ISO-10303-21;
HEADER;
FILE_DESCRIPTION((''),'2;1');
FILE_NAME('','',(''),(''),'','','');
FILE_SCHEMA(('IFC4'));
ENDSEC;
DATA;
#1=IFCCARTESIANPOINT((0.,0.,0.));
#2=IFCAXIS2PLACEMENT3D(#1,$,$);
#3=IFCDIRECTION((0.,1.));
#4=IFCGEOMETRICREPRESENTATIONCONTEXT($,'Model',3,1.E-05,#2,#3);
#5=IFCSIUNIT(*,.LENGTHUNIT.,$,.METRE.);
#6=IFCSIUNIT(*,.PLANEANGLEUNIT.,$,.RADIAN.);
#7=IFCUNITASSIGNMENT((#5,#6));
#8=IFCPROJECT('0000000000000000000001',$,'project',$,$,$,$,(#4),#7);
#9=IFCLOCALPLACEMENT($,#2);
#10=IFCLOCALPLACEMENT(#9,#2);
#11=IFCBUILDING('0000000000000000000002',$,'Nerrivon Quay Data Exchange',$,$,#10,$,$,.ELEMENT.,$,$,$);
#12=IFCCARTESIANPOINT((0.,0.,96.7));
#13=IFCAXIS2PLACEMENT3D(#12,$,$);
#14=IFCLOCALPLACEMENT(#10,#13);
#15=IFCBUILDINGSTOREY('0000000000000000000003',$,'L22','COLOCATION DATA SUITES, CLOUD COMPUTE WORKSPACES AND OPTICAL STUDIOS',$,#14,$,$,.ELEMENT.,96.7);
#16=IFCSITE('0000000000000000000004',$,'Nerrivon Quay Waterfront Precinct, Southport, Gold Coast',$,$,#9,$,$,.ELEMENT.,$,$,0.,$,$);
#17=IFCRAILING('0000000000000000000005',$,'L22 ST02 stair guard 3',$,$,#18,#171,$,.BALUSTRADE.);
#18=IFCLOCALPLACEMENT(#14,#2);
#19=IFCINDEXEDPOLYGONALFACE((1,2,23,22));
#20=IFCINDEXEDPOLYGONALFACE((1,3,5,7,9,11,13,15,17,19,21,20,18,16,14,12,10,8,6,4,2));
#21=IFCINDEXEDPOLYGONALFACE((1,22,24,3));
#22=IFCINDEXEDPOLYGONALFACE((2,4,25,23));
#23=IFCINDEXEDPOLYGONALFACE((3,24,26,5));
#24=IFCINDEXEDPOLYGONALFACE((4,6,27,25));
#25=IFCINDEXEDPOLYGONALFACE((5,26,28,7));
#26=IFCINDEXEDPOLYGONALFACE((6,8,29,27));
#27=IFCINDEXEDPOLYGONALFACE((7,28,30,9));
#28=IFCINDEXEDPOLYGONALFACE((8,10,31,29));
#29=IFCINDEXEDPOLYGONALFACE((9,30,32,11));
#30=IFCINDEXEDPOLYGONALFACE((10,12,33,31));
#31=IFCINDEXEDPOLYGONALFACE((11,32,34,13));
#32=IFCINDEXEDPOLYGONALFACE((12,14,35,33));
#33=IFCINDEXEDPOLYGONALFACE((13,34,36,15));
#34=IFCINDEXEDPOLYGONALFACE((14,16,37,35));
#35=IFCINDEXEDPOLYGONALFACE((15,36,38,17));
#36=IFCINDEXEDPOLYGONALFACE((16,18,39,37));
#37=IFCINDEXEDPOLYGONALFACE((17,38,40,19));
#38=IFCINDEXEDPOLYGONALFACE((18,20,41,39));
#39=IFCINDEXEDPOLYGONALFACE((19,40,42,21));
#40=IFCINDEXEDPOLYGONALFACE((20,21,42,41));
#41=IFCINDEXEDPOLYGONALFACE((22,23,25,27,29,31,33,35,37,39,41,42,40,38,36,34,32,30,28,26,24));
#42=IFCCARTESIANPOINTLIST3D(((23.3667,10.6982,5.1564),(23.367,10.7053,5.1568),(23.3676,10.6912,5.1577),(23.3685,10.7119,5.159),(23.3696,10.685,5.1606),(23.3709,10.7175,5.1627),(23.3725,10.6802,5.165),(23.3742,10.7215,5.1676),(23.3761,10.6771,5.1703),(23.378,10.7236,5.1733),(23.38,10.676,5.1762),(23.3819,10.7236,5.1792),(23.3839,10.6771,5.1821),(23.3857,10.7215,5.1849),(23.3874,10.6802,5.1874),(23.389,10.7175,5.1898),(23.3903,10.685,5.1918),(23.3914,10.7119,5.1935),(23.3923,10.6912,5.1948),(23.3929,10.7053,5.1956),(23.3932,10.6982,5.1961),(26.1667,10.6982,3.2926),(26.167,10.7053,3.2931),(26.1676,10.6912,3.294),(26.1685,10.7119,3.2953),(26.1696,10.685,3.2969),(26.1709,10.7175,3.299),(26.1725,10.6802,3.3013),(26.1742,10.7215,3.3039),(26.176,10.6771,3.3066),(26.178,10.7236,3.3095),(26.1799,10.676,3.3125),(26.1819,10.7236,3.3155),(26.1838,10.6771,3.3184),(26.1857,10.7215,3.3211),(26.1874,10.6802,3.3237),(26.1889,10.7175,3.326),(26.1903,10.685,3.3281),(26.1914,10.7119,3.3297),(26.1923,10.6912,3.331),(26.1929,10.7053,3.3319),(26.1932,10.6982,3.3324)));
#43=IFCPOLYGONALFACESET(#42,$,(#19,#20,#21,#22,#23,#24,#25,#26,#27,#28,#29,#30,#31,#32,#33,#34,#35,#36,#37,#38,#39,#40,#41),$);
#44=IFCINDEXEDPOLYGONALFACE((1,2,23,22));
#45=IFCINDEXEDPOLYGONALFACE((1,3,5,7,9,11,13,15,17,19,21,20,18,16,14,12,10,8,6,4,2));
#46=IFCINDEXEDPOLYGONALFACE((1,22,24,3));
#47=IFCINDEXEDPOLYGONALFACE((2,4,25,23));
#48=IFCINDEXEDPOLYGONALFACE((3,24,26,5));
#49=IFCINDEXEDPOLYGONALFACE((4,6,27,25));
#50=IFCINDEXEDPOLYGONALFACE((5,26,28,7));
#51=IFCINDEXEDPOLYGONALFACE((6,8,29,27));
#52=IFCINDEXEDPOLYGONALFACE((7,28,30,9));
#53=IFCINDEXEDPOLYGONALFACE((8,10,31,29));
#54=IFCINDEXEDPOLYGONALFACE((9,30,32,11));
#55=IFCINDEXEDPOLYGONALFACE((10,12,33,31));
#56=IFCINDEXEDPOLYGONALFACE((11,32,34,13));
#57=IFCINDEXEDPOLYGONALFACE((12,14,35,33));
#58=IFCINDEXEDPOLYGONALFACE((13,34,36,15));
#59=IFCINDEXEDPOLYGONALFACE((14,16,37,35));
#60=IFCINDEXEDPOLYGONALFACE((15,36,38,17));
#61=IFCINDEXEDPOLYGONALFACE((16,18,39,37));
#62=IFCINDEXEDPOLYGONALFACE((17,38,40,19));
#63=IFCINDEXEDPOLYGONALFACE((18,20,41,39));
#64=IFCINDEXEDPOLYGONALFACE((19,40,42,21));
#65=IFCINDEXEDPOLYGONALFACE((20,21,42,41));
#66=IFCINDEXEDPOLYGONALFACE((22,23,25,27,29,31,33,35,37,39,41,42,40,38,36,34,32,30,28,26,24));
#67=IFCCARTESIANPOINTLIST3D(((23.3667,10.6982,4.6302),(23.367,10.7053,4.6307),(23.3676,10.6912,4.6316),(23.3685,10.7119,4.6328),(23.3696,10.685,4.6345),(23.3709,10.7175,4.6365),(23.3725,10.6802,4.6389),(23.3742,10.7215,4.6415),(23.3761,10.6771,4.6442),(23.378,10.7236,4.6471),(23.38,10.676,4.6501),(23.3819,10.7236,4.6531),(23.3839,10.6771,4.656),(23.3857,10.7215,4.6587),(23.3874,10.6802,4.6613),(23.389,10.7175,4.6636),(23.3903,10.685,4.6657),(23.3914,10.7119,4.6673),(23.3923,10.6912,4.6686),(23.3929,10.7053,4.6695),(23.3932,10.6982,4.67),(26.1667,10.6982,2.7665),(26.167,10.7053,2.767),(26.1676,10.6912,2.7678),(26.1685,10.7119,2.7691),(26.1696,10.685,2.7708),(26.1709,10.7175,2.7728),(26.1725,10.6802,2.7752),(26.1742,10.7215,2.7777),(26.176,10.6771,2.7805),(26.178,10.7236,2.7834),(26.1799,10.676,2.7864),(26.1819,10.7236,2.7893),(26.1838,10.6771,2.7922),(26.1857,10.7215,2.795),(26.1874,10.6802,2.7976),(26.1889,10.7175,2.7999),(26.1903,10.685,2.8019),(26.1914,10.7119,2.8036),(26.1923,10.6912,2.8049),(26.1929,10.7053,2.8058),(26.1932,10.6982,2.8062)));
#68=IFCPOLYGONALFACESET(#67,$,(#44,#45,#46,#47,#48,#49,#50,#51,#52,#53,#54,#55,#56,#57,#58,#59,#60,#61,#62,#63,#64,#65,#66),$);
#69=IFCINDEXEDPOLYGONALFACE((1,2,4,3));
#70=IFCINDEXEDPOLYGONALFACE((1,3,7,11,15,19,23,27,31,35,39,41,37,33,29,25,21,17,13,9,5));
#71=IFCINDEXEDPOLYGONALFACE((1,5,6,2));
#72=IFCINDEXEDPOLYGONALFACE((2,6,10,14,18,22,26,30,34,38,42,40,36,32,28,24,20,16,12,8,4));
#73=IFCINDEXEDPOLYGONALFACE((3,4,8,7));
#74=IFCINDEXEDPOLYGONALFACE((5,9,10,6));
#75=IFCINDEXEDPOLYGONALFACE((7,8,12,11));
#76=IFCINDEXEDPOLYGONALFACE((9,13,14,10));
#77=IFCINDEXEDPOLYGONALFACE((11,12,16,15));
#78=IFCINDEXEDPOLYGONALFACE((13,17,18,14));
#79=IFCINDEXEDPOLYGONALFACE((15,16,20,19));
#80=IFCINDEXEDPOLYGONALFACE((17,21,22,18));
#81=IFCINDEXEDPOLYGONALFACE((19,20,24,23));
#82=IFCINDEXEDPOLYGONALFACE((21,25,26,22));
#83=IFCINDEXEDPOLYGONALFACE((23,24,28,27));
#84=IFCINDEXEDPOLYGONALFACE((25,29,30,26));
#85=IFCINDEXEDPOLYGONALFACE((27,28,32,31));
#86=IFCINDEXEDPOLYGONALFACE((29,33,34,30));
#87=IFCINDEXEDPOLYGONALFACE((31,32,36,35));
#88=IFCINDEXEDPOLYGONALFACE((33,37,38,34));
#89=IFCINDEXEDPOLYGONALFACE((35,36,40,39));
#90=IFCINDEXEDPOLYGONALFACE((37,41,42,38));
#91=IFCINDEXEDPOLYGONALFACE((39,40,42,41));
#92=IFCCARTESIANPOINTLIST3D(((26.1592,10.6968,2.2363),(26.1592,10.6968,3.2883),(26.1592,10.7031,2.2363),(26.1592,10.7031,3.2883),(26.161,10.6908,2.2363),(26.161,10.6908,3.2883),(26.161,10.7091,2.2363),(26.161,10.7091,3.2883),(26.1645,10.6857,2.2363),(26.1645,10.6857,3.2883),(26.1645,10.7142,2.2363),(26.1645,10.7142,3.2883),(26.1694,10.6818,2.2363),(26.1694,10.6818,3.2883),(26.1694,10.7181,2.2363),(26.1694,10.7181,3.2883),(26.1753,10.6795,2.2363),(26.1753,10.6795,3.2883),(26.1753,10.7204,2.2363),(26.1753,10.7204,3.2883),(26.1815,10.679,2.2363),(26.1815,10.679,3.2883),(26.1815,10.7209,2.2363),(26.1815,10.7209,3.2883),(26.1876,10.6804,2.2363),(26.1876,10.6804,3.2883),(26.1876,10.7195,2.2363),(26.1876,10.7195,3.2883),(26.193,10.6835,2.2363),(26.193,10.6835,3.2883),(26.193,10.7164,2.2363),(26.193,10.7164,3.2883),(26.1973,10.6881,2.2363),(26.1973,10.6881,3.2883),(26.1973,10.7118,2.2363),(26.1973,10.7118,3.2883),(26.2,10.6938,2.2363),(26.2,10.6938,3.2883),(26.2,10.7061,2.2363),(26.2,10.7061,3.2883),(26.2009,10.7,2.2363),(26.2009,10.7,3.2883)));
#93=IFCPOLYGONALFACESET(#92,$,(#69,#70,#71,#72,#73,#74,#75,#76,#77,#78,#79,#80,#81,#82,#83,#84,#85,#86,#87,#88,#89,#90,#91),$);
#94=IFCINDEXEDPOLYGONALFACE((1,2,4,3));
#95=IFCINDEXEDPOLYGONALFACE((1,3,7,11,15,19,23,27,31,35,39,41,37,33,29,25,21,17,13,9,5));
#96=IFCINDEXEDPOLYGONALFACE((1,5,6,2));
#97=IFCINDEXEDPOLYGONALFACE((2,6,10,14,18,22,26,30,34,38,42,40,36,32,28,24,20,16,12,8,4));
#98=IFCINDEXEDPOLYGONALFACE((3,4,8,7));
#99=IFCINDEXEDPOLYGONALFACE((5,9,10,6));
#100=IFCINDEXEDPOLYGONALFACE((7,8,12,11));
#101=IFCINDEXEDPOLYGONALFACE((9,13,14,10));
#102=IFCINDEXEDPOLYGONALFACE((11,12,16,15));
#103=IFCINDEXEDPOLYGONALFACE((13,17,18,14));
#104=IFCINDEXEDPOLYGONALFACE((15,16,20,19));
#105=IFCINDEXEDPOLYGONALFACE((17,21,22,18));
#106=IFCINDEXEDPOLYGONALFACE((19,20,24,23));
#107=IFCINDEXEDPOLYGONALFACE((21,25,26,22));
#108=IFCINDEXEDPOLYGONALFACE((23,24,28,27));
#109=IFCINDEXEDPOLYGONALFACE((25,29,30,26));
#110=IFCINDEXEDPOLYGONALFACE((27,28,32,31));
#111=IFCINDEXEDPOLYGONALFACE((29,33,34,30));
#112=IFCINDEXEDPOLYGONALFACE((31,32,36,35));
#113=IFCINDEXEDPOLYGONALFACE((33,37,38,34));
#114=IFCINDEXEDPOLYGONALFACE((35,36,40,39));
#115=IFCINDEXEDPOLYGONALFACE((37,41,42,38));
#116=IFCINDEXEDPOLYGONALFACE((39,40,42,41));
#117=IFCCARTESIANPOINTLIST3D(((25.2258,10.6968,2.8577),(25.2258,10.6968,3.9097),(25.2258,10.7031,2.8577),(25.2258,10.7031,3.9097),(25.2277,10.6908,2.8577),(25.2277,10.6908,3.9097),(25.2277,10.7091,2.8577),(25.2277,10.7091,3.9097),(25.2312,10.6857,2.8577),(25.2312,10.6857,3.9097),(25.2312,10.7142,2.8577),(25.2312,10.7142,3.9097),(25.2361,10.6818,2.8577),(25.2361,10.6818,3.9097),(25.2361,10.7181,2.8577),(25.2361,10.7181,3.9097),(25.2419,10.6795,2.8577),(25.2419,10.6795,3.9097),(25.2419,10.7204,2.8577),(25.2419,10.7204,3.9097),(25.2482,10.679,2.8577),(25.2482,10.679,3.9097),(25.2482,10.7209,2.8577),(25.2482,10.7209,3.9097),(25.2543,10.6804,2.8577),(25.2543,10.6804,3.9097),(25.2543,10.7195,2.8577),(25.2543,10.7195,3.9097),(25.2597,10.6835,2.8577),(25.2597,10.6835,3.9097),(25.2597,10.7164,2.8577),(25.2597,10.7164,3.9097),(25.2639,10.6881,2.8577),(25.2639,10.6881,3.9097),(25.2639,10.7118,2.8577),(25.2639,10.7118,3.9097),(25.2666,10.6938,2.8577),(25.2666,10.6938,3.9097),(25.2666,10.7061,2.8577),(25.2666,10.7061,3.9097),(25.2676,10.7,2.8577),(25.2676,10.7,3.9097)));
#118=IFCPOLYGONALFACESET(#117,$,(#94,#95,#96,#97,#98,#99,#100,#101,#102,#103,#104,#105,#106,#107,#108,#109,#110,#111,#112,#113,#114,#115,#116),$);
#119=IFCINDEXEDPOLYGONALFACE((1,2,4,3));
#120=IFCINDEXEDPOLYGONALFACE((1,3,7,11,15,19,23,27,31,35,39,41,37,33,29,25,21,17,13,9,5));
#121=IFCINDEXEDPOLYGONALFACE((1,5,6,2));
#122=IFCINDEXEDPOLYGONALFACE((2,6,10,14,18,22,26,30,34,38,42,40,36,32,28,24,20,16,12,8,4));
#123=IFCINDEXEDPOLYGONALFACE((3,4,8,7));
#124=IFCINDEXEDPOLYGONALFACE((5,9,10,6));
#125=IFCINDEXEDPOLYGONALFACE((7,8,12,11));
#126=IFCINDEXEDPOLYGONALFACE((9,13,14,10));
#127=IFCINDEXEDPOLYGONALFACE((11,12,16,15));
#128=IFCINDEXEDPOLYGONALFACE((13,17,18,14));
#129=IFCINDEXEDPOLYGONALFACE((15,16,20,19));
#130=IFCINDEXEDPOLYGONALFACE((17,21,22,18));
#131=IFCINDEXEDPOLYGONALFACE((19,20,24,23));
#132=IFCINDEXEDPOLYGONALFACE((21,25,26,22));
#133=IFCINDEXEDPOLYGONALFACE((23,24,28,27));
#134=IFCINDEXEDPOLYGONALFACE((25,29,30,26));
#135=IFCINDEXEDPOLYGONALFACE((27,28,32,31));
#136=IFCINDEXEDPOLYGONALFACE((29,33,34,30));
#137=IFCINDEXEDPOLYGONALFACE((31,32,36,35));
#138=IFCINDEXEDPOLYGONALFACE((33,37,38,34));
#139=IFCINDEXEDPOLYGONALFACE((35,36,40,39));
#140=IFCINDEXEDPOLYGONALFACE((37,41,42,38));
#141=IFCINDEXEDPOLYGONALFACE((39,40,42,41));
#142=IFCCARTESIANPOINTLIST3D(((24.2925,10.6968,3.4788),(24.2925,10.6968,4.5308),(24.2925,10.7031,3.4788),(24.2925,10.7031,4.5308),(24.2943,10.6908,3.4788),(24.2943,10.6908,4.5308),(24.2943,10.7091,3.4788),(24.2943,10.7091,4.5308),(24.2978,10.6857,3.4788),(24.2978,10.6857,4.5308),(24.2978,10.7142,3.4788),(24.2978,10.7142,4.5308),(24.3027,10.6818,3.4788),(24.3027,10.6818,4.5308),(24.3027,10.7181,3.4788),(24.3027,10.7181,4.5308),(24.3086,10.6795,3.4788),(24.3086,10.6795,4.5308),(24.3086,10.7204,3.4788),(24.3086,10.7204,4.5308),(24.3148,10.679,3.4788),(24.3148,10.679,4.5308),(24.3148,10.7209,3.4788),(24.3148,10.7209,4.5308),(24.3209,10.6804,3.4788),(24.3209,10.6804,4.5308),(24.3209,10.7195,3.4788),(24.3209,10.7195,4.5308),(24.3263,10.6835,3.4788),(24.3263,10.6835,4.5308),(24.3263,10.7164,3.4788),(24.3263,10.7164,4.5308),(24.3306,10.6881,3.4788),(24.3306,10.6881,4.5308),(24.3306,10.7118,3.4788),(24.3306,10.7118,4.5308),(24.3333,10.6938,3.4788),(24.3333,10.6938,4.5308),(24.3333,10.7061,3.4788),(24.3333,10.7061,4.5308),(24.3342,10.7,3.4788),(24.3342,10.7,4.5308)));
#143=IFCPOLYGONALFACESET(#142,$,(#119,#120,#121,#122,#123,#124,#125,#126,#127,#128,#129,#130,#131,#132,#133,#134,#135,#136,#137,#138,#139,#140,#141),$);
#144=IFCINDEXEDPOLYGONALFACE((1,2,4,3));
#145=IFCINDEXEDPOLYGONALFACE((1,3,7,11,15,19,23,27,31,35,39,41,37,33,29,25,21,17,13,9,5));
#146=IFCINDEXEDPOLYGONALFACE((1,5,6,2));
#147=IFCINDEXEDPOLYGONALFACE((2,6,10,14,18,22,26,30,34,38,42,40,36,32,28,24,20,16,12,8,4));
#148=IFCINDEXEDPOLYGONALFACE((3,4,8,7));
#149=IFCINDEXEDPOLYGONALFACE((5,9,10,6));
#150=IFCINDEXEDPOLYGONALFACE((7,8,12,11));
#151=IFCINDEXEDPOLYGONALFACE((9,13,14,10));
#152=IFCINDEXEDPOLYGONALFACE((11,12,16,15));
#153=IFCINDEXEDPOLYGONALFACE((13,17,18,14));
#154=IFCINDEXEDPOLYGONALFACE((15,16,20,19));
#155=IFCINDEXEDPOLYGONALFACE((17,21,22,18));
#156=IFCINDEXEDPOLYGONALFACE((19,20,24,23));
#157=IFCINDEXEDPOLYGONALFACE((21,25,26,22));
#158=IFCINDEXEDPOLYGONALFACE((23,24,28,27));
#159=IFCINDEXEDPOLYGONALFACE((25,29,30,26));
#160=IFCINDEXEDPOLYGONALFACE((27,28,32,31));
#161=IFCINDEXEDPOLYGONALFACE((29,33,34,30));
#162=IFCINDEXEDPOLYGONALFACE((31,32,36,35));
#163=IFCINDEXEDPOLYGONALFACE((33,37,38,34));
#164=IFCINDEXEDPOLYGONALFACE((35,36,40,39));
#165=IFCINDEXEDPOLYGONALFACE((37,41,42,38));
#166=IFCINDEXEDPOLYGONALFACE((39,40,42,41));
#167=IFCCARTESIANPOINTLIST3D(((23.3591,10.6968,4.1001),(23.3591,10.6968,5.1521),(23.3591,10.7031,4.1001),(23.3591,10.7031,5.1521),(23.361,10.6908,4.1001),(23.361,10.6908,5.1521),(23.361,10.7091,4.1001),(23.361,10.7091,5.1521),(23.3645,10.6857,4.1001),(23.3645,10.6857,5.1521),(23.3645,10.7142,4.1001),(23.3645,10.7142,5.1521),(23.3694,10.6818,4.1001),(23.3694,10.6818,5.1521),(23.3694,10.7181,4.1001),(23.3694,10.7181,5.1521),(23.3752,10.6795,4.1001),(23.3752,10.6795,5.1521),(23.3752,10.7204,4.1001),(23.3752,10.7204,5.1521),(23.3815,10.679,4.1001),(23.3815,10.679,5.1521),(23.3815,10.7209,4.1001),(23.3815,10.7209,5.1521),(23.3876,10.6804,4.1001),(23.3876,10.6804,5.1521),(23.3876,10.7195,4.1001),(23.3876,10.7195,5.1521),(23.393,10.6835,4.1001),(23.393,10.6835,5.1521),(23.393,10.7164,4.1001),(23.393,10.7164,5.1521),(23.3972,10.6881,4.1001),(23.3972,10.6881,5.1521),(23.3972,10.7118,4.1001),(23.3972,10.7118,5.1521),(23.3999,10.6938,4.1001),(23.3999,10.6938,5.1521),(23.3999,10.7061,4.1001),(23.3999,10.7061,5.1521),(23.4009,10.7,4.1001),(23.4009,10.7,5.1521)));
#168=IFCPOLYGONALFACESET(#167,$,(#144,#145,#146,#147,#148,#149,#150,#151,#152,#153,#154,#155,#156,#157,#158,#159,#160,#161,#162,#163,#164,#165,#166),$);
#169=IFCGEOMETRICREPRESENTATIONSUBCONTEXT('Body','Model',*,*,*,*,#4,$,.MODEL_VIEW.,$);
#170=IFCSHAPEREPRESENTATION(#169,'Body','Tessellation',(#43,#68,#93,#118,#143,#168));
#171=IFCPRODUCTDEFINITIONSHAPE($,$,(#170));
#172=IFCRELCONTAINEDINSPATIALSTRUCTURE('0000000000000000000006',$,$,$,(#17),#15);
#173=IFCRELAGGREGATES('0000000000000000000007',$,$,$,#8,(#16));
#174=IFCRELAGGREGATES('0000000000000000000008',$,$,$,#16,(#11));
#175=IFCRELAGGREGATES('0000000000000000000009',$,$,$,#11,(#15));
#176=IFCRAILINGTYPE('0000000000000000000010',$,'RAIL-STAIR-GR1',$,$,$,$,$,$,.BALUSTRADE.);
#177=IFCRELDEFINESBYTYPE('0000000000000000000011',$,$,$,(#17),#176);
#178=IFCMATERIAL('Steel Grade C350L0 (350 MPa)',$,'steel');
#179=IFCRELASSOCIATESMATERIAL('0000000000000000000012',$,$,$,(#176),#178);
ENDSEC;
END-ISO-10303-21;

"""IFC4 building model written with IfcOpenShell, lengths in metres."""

from ifc_helpers import new_model, si_unit, direction, frame, origin, origin_2d, place, context, subcontext, project, spatial, circle, extrude, material, type_object, element, save


model = new_model("IFC4")

# Units and contexts
model_context = context("Model", 3, precision=1e-05, world=origin(), true_north=direction((0.0, 1.0)))
body_context = subcontext(model_context, "Body", "Model", "MODEL_VIEW")
ifc_project = project(units=[si_unit("LENGTHUNIT", "METRE"), si_unit("PLANEANGLEUNIT", "RADIAN")], contexts=[model_context])

# Site, building, storey
site_placement = place(None, origin())
site = spatial("IfcSite", under=ifc_project, at=site_placement, Name="Nerrivon Quay Waterfront Precinct, Southport, Gold Coast", CompositionType="ELEMENT", RefElevation=0.0)
building_placement = place(site_placement, origin())
building = spatial("IfcBuilding", under=site, at=building_placement, Name="Nerrivon Quay Data Exchange", CompositionType="ELEMENT")
storey_placement = place(building_placement, frame((0.0, 0.0, 96.7)))
storey = spatial("IfcBuildingStorey", under=building, at=storey_placement, Name="L22", Description="COLOCATION DATA SUITES, CLOUD COMPUTE WORKSPACES AND OPTICAL STUDIOS", CompositionType="ELEMENT", Elevation=96.7)

# Railing
ifc_material_1 = material(Name="Steel Grade C350L0 (350 MPa)", Category="steel")
railing_type_1 = type_object("IfcRailingType", Name="RAIL-STAIR-GR1", PredefinedType="BALUSTRADE", material=ifc_material_1)
railing_1_placement = place(storey_placement, frame((26.1799, 10.7, 2.2363)))
element("IfcRailing", 1, at=railing_1_placement, inside=storey, type_object=railing_type_1, Name="L22 ST02 stair guard 3", PredefinedType="BALUSTRADE", context=body_context, shape_type="SweptSolid", body=[
    extrude(circle(Radius=0.0239, at=origin_2d()), frame((0.0, 0.0, 1.0762), z_axis=(-0.832452, 0.0, 0.554097), x_axis=(0.0, -1.0, 0.0)), (0.0, 0.0, 1.0), 3.3635),
    extrude(circle(Radius=0.0239, at=origin_2d()), frame((0.0, 0.0, 0.55), z_axis=(-0.832452, 0.0, 0.554097), x_axis=(0.0, -1.0, 0.0)), (0.0, 0.0, 1.0), 3.3635),
    extrude(circle(Radius=0.021, at=origin_2d()), origin(), (0.0, 0.0, 1.0), 1.052),
    extrude(circle(Radius=0.021, at=origin_2d()), frame((-0.9333, 0.0, 0.6213)), (0.0, 0.0, 1.0), 1.052),
    extrude(circle(Radius=0.021, at=origin_2d()), frame((-1.8667, 0.0, 1.2424)), (0.0, 0.0, 1.0), 1.052),
    extrude(circle(Radius=0.021, at=origin_2d()), frame((-2.8, 0.0, 1.8638)), (0.0, 0.0, 1.0), 1.052),
])

save(model, "model.ifc")
